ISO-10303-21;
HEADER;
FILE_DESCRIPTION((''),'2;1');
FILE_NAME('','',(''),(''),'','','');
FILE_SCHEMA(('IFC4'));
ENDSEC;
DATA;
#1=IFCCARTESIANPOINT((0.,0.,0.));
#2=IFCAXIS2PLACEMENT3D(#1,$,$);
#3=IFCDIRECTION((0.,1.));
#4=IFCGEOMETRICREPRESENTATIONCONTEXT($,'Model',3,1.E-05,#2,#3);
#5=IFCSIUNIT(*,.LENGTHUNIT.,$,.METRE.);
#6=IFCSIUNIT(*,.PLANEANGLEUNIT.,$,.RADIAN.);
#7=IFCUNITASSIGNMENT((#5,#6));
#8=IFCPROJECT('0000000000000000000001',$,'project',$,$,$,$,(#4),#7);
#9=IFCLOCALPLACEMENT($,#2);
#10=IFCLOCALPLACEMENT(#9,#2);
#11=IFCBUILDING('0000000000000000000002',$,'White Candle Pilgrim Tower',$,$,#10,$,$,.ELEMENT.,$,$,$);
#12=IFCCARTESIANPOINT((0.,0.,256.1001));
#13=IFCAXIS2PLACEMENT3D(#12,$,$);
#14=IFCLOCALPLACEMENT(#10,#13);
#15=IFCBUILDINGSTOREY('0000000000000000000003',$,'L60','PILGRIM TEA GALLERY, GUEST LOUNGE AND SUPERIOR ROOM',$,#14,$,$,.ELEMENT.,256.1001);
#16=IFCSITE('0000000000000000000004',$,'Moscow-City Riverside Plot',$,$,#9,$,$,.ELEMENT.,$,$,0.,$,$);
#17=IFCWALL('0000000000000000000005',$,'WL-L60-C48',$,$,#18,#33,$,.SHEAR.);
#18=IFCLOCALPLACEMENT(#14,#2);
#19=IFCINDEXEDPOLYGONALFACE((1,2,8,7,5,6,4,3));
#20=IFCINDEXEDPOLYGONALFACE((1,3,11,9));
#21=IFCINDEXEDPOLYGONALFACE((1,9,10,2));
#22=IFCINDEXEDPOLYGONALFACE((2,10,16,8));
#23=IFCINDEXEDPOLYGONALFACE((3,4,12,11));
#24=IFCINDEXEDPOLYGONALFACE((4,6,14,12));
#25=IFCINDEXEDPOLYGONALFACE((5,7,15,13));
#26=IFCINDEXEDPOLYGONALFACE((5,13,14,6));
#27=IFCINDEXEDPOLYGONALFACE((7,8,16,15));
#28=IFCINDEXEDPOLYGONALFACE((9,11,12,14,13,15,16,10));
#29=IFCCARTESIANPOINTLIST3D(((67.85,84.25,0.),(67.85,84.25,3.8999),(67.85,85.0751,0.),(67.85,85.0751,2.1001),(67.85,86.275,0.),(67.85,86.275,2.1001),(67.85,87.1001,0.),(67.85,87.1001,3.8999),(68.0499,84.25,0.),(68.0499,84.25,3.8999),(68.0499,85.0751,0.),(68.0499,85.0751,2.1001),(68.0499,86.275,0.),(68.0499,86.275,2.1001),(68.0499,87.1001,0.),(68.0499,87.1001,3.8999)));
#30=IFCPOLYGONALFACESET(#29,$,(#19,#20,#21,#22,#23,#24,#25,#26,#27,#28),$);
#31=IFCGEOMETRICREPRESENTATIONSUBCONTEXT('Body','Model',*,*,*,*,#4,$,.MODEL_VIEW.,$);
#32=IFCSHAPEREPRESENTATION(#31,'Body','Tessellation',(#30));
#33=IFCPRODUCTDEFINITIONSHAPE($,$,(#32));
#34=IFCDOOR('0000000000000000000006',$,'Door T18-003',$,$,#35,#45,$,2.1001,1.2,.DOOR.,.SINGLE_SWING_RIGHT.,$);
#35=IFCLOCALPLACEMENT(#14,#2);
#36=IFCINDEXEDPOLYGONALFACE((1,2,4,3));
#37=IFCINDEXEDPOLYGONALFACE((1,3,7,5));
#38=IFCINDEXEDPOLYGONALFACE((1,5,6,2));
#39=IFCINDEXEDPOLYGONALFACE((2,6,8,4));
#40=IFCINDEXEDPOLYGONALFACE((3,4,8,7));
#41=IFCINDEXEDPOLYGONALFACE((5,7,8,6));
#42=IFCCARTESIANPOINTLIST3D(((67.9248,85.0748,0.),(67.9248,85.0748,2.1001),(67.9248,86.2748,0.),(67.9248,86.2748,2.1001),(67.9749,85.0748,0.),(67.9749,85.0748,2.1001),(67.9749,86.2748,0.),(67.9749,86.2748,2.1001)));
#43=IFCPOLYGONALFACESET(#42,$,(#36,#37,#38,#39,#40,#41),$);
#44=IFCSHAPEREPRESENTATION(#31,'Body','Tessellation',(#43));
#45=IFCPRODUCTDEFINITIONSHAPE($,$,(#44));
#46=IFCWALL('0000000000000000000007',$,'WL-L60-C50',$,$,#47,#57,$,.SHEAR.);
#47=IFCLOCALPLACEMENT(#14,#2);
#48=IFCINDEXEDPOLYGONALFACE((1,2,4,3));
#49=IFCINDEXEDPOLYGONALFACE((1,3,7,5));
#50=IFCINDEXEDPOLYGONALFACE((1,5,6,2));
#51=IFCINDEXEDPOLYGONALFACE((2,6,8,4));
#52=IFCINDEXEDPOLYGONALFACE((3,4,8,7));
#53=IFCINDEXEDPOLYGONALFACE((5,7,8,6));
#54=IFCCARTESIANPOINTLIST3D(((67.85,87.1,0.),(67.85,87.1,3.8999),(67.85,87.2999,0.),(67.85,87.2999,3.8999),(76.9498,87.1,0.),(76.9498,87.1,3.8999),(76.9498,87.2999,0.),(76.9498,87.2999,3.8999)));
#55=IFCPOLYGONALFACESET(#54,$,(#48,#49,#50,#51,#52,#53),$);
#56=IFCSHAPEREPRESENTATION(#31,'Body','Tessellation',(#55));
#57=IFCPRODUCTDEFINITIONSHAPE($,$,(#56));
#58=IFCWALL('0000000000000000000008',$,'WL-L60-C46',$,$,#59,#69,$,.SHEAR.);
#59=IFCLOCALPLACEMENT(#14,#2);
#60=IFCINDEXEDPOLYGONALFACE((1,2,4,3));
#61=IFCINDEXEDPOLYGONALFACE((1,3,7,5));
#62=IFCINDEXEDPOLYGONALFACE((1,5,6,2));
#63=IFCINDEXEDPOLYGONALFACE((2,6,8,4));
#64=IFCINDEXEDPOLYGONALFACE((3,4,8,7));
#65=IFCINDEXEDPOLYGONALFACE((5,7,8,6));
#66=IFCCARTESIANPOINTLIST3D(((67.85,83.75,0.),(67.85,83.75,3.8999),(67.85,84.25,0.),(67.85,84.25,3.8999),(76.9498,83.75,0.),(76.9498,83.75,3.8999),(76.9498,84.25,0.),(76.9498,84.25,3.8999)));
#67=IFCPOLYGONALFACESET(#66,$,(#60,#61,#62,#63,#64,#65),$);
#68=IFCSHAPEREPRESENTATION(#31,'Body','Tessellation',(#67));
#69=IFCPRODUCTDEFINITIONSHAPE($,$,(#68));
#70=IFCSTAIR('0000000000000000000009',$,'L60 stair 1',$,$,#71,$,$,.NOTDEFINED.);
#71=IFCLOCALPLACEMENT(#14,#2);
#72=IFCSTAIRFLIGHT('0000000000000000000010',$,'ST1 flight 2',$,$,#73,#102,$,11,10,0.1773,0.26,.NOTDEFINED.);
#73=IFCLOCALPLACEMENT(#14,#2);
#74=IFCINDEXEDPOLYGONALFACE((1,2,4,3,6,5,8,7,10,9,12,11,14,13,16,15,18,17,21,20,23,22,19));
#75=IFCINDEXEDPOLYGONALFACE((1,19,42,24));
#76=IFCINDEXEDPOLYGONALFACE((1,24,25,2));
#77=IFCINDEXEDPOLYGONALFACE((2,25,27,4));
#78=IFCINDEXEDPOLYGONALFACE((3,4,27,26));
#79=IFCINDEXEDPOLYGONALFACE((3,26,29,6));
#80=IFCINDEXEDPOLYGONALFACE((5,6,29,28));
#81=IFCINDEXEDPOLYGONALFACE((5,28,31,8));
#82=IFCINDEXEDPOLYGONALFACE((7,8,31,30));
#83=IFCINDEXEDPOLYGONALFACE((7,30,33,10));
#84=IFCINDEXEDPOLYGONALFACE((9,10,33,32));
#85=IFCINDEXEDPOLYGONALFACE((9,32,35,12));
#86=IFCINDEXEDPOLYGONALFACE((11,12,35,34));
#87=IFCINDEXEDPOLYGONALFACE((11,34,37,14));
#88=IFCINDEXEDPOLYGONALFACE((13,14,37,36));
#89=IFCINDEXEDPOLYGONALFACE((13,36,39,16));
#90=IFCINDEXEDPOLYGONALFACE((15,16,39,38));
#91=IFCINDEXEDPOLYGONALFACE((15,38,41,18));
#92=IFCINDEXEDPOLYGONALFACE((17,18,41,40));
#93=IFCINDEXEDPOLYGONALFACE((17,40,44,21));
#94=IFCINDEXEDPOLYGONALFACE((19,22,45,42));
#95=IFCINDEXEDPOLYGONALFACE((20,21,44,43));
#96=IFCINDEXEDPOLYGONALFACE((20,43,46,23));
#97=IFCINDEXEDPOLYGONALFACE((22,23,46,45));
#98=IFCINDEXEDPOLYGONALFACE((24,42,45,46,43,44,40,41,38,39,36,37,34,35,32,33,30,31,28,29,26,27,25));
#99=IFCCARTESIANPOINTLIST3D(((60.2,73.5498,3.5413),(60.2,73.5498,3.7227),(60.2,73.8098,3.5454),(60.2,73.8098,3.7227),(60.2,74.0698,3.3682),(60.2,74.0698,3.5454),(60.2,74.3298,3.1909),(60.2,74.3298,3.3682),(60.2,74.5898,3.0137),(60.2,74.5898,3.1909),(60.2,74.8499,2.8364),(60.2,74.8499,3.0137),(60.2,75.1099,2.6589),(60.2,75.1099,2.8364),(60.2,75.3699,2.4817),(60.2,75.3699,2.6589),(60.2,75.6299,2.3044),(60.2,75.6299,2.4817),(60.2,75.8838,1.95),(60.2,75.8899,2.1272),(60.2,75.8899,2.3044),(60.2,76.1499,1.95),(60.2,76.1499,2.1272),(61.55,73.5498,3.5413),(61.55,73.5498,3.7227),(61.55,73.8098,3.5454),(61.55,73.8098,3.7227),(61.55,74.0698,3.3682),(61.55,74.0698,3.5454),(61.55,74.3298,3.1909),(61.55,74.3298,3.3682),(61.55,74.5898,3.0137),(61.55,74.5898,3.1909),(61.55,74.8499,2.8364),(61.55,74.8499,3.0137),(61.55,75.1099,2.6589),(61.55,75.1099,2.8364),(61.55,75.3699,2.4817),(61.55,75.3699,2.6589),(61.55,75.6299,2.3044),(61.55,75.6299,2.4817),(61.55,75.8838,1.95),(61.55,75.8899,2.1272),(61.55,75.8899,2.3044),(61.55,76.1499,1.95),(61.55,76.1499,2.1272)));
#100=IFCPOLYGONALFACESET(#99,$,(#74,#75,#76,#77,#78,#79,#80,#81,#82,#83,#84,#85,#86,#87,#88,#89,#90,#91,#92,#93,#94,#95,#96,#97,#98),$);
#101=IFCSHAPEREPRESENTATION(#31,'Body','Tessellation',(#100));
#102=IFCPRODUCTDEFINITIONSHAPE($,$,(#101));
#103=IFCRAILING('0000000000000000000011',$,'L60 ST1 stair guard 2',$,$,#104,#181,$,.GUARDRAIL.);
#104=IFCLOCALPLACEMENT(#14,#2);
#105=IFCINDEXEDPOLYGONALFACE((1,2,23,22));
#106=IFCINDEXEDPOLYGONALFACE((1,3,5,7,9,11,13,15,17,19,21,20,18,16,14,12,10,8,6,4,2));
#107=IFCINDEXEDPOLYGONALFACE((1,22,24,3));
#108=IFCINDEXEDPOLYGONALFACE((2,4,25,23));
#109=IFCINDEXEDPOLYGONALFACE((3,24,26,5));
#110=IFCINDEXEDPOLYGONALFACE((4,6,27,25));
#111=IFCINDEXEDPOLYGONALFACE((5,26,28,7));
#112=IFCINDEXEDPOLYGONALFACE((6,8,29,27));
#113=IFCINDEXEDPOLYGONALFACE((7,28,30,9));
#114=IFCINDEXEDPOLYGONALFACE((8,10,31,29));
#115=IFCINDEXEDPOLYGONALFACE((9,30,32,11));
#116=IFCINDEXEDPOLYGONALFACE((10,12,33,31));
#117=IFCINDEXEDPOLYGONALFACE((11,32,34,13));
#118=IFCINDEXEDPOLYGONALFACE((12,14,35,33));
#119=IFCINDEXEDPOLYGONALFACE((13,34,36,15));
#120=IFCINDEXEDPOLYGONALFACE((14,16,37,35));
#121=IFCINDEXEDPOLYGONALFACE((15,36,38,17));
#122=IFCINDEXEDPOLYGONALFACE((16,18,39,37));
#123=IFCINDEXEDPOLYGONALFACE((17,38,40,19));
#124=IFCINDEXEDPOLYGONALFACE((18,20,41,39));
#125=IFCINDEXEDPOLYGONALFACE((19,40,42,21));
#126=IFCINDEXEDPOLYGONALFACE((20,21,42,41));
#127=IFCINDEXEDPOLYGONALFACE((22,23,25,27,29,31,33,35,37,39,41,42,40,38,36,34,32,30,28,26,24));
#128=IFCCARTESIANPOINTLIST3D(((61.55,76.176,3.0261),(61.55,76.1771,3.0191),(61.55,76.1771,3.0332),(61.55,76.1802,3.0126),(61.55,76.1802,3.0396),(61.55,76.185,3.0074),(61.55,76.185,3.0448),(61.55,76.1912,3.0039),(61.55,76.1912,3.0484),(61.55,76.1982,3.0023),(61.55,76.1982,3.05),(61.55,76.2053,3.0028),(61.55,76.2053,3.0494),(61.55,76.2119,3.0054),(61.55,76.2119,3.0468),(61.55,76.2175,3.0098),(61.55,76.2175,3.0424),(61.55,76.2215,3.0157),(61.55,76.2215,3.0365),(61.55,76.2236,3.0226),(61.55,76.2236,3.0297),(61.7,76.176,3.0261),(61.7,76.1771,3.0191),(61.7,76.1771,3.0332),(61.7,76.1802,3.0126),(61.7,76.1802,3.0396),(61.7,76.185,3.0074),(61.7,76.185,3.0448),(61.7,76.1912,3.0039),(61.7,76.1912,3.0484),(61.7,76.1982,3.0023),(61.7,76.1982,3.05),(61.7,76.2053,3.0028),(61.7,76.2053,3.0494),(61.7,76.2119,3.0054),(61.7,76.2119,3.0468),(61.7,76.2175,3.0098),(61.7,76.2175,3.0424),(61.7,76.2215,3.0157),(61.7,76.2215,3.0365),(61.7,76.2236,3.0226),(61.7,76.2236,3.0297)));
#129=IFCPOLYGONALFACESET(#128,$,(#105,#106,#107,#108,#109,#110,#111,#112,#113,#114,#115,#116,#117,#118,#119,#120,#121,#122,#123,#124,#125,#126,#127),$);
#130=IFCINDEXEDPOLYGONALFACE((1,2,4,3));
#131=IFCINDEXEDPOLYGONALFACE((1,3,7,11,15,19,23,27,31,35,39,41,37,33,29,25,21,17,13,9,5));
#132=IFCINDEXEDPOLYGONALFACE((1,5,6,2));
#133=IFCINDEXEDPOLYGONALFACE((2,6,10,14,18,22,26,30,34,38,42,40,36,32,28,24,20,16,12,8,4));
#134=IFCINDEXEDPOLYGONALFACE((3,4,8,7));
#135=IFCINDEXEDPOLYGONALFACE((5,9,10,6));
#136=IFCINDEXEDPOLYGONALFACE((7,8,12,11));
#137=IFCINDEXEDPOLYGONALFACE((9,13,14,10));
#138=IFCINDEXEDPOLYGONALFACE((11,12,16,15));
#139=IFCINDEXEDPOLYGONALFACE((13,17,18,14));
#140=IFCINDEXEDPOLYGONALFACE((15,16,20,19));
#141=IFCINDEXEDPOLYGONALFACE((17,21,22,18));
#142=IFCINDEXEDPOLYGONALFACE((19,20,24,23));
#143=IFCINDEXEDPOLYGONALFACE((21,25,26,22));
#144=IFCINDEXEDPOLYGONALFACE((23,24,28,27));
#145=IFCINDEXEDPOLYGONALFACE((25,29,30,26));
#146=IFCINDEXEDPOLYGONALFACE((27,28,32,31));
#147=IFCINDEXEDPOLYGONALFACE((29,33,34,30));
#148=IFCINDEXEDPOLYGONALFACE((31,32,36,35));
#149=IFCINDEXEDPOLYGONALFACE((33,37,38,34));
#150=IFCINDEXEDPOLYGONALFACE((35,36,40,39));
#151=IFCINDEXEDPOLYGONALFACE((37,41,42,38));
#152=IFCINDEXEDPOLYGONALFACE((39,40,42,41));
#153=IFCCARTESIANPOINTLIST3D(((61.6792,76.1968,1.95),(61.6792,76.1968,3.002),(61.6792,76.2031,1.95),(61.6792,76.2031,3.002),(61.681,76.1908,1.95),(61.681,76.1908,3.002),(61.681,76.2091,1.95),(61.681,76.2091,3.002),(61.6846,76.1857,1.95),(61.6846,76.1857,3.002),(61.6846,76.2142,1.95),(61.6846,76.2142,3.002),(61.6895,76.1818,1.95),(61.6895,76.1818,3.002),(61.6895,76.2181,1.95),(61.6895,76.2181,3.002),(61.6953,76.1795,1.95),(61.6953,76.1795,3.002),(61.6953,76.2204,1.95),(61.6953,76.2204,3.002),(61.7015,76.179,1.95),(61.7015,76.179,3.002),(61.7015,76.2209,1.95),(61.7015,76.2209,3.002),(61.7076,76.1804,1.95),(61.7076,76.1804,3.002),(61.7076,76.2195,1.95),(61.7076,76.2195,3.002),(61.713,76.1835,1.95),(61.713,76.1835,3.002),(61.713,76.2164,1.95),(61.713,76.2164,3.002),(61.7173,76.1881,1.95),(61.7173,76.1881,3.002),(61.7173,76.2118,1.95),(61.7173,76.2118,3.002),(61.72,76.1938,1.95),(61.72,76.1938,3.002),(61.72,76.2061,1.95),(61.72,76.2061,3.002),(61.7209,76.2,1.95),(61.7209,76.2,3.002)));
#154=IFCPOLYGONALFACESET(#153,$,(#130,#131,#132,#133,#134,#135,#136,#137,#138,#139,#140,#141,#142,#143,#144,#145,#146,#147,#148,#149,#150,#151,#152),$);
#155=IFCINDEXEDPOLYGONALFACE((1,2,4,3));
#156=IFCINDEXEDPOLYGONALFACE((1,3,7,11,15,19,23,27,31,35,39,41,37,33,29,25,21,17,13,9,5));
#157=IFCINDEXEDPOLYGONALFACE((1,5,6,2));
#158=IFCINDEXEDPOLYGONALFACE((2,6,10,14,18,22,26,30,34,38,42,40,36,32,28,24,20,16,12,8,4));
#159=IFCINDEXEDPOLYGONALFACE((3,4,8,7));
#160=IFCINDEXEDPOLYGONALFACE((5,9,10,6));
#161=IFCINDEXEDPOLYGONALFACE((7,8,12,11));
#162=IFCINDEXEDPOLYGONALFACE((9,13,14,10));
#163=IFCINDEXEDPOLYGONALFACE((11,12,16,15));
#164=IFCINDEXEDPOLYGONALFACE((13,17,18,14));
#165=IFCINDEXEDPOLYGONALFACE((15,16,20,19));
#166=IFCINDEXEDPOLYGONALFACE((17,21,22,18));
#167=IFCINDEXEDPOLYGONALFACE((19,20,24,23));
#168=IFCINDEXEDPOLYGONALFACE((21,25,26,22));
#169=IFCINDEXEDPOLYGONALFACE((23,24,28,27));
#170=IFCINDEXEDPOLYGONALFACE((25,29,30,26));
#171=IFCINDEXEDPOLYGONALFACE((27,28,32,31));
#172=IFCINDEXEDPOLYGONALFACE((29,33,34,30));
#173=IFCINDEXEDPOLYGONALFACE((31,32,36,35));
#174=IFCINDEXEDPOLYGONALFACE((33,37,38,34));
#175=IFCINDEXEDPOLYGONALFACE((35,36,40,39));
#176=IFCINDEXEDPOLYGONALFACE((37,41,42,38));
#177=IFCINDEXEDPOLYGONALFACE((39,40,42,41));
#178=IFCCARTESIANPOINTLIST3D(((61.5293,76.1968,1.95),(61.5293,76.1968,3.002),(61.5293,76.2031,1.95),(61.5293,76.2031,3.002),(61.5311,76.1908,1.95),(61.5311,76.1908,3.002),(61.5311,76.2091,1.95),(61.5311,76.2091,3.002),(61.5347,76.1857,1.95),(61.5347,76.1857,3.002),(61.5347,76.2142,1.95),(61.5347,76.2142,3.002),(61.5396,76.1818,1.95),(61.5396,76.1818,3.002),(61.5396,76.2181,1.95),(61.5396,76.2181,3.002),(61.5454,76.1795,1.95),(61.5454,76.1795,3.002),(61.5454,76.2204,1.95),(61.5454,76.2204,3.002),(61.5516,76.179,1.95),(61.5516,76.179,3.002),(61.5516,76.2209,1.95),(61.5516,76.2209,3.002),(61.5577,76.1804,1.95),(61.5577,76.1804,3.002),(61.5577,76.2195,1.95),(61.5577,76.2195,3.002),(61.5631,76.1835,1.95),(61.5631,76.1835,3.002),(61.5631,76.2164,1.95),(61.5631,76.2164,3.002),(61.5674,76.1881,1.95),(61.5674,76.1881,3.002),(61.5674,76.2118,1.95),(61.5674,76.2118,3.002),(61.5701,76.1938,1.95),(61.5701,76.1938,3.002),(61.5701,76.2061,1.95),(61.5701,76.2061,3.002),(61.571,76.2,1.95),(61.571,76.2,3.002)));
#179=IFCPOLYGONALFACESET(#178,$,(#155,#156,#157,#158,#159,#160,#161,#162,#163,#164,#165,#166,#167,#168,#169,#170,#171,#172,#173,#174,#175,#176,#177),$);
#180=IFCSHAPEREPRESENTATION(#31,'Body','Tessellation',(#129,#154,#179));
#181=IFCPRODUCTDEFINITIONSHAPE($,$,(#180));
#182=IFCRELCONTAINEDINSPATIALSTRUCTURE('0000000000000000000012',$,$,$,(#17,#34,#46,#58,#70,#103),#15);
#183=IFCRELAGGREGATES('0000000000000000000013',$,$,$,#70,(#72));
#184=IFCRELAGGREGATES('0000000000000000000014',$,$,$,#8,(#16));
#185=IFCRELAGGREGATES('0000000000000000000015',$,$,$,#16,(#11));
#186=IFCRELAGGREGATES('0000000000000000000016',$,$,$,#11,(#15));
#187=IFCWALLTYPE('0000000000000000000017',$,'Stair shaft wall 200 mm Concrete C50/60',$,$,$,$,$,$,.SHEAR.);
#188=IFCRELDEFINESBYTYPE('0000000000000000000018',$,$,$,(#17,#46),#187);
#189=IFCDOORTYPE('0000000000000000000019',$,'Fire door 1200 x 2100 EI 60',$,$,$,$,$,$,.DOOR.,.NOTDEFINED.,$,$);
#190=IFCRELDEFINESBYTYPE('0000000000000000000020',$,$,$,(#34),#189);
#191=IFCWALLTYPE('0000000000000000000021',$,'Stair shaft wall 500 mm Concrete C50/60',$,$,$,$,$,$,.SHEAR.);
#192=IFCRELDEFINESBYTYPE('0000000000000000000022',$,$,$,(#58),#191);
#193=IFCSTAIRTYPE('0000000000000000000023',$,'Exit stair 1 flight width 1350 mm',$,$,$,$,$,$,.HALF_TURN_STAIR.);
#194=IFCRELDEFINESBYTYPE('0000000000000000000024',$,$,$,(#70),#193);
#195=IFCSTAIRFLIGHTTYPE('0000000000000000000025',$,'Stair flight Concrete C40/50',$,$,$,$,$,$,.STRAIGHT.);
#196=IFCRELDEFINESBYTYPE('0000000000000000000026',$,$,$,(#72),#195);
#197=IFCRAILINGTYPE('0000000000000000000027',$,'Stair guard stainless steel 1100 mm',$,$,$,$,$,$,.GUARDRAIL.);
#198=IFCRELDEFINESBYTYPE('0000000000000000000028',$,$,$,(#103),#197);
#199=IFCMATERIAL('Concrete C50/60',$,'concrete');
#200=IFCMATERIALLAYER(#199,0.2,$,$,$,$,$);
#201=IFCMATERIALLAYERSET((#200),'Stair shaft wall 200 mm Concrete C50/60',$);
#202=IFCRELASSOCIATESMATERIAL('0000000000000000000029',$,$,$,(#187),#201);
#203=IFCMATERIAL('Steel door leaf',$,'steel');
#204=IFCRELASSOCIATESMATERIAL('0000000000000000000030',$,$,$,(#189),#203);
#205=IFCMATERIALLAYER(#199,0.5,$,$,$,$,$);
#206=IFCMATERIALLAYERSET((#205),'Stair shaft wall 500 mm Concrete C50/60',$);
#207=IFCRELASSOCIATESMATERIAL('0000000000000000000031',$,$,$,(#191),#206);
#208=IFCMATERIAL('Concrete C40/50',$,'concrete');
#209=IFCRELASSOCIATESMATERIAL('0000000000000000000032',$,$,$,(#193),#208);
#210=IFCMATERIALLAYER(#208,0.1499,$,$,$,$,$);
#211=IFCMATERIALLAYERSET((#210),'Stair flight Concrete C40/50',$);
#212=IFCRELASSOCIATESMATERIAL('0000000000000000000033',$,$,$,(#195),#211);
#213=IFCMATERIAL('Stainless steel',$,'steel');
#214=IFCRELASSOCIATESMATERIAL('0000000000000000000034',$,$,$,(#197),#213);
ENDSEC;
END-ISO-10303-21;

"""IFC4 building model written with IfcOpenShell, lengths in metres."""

from ifc_helpers import new_model, si_unit, direction, frame, frame_2d, origin, origin_2d, place, context, subcontext, project, spatial, polyline, rectangle, circle, outline, extrude, material, layer, layer_set, type_object, element, fill, aggregate, save


model = new_model("IFC4")

# Units and contexts
model_context = context("Model", 3, precision=1e-05, world=origin(), true_north=direction((0.0, 1.0)))
body_context = subcontext(model_context, "Body", "Model", "MODEL_VIEW")
ifc_project = project(units=[si_unit("LENGTHUNIT", "METRE"), si_unit("PLANEANGLEUNIT", "RADIAN")], contexts=[model_context])

# Site, building, storey
site_placement = place(None, origin())
site = spatial("IfcSite", under=ifc_project, at=site_placement, Name="Moscow-City Riverside Plot", CompositionType="ELEMENT", RefElevation=0.0)
building_placement = place(site_placement, origin())
building = spatial("IfcBuilding", under=site, at=building_placement, Name="White Candle Pilgrim Tower", CompositionType="ELEMENT")
storey_placement = place(building_placement, frame((0.0, 0.0, 256.1001)))
storey = spatial("IfcBuildingStorey", under=building, at=storey_placement, Name="L60", Description="PILGRIM TEA GALLERY, GUEST LOUNGE AND SUPERIOR ROOM", CompositionType="ELEMENT", Elevation=256.1001)

# Shared definitions
ifc_material_1 = material(Name="Concrete C50/60", Category="concrete")

# Shared definitions
ifc_material_2 = material(Name="Steel door leaf", Category="steel")

# Shared definitions
ifc_layer_1 = layer(ifc_material_1, 0.2)
ifc_layer_set_1 = layer_set([ifc_layer_1], Name="Stair shaft wall 200 mm Concrete C50/60")
wall_type_1 = type_object("IfcWallType", Name="Stair shaft wall 200 mm Concrete C50/60", PredefinedType="SHEAR", material=ifc_layer_set_1)
ifc_material_3 = material(Name="Stainless steel", Category="steel")

# Wall, opening, door
wall_1_placement = place(storey_placement, frame((67.95, 84.25, 0.0), z_axis=(0.0, 0.0, 1.0), x_axis=(0.0, 1.0, 0.0)))
wall_1 = element("IfcWall", 1, at=wall_1_placement, inside=storey, type_object=wall_type_1, Name="WL-L60-C48", PredefinedType="SHEAR", context=body_context, shape_type="SweptSolid", body=[
    extrude(rectangle(XDim=2.8501, YDim=0.2, at=frame_2d((1.425, 0.0))), origin(), (0.0, 0.0, 1.0), 3.8999),
])
opening_1_placement = place(wall_1_placement, frame((0.825, 0.0, 0.0)))
opening_1 = element("IfcOpeningElement", 2, at=opening_1_placement, cuts=wall_1, PredefinedType="OPENING", context=body_context, shape_type="SweptSolid", body=[
    extrude(rectangle(XDim=1.2, YDim=2.1001, at=frame_2d((0.6001, 1.05))), frame((0.0, 0.1099, 0.0), z_axis=(0.0, -1.0, 0.0), x_axis=(1.0, 0.0, 0.0)), (0.0, 0.0, 1.0), 0.22),
])
door_type_1 = type_object("IfcDoorType", Name="Fire door 1200 x 2100 EI 60", OperationType="NOTDEFINED", PredefinedType="DOOR", material=ifc_material_2)
door_1_placement = place(opening_1_placement, frame((1.2, 0.0, 0.0), z_axis=(0.0, 0.0, 1.0), x_axis=(-1.0, 0.0, 0.0)))
door_1 = element("IfcDoor", 3, at=door_1_placement, inside=storey, type_object=door_type_1, Name="Door T18-003", OperationType="SINGLE_SWING_RIGHT", OverallHeight=2.1001, OverallWidth=1.2, PredefinedType="DOOR", context=body_context, shape_type="SweptSolid", body=[
    extrude(rectangle(XDim=1.2, YDim=2.1001, at=frame_2d((0.6001, 1.05))), frame((0.0, 0.0249, 0.0), z_axis=(0.0, -1.0, 0.0), x_axis=(1.0, 0.0, 0.0)), (0.0, 0.0, 1.0), 0.05),
])
fill(opening_1, door_1)

# Walls
wall_2_placement = place(storey_placement, frame((67.8501, 87.2, 0.0), z_axis=(0.0, 0.0, 1.0), x_axis=(1.0, 0.0, 0.0)))
element("IfcWall", 4, at=wall_2_placement, inside=storey, type_object=wall_type_1, Name="WL-L60-C50", PredefinedType="SHEAR", context=body_context, shape_type="SweptSolid", body=[
    extrude(rectangle(XDim=9.0999, YDim=0.2, at=frame_2d((4.5498, 0.0))), origin(), (0.0, 0.0, 1.0), 3.8999),
])
ifc_layer_2 = layer(ifc_material_1, 0.5)
ifc_layer_set_2 = layer_set([ifc_layer_2], Name="Stair shaft wall 500 mm Concrete C50/60")
wall_type_2 = type_object("IfcWallType", Name="Stair shaft wall 500 mm Concrete C50/60", PredefinedType="SHEAR", material=ifc_layer_set_2)
wall_3_placement = place(storey_placement, frame((67.8501, 84.0, 0.0), z_axis=(0.0, 0.0, 1.0), x_axis=(1.0, 0.0, 0.0)))
element("IfcWall", 5, at=wall_3_placement, inside=storey, type_object=wall_type_2, Name="WL-L60-C46", PredefinedType="SHEAR", context=body_context, shape_type="SweptSolid", body=[
    extrude(rectangle(XDim=9.0999, YDim=0.5, at=frame_2d((4.5498, 0.0))), origin(), (0.0, 0.0, 1.0), 3.8999),
])

# Stair, stair flight
ifc_material_4 = material(Name="Concrete C40/50", Category="concrete")
stair_type = type_object("IfcStairType", Name="Exit stair 1 flight width 1350 mm", PredefinedType="HALF_TURN_STAIR", material=ifc_material_4)
stair_placement = place(storey_placement, origin())
stair = element("IfcStair", 6, at=stair_placement, inside=storey, type_object=stair_type, Name="L60 stair 1", PredefinedType="NOTDEFINED")
ifc_layer_3 = layer(ifc_material_4, 0.1499)
ifc_layer_set_3 = layer_set([ifc_layer_3], Name="Stair flight Concrete C40/50")
stair_flight_type = type_object("IfcStairFlightType", Name="Stair flight Concrete C40/50", PredefinedType="STRAIGHT", material=ifc_layer_set_3)
stair_flight_placement = place(storey_placement, frame((60.875, 76.1499, 1.95), z_axis=(0.0, 0.0, 1.0), x_axis=(0.0, -1.0, 0.0)))
stair_flight = element("IfcStairFlight", 7, at=stair_flight_placement, type_object=stair_flight_type, Name="ST1 flight 2", NumberOfRisers=11, NumberOfTreads=10, PredefinedType="NOTDEFINED", RiserHeight=0.1773, TreadLength=0.26, context=body_context, shape_type="SweptSolid", body=[
    extrude(outline(polyline([(0.0, 0.0), (0.0, 0.1772), (0.26, 0.1772), (0.26, 0.3545), (0.52, 0.3545), (0.52, 0.5317), (0.78, 0.5317), (0.78, 0.709), (1.04, 0.709), (1.04, 0.8865), (1.3, 0.8865), (1.3, 1.0637), (1.5601, 1.0637), (1.5601, 1.241), (1.8201, 1.241), (1.8201, 1.4182), (2.0801, 1.4182), (2.0801, 1.5955), (2.3401, 1.5955), (2.3401, 1.7727), (2.6001, 1.7727), (2.6001, 1.95), (2.6001, 1.5913), (0.2661, 0.0), (0.0, 0.0)])), frame((0.0, 0.675, 0.0), z_axis=(0.0, -1.0, 0.0), x_axis=(1.0, 0.0, 0.0)), (0.0, 0.0, 1.0), 1.3501),
])
aggregate(stair, [stair_flight])

# Railing
railing_type_1 = type_object("IfcRailingType", Name="Stair guard stainless steel 1100 mm", PredefinedType="GUARDRAIL", material=ifc_material_3)
railing_1_placement = place(storey_placement, frame((61.7, 76.2, 1.95)))
element("IfcRailing", 8, at=railing_1_placement, inside=storey, type_object=railing_type_1, Name="L60 ST1 stair guard 2", PredefinedType="GUARDRAIL", context=body_context, shape_type="SweptSolid", body=[
    extrude(circle(Radius=0.0239, at=origin_2d()), frame((0.0, 0.0, 1.0762), z_axis=(-1.0, 0.0, 0.0), x_axis=(0.0, -1.0, 0.0)), (0.0, 0.0, 1.0), 0.1499),
    extrude(circle(Radius=0.021, at=origin_2d()), origin(), (0.0, 0.0, 1.0), 1.052),
    extrude(circle(Radius=0.021, at=origin_2d()), frame((-0.1499, 0.0, 0.0)), (0.0, 0.0, 1.0), 1.052),
])

save(model, "model.ifc")
